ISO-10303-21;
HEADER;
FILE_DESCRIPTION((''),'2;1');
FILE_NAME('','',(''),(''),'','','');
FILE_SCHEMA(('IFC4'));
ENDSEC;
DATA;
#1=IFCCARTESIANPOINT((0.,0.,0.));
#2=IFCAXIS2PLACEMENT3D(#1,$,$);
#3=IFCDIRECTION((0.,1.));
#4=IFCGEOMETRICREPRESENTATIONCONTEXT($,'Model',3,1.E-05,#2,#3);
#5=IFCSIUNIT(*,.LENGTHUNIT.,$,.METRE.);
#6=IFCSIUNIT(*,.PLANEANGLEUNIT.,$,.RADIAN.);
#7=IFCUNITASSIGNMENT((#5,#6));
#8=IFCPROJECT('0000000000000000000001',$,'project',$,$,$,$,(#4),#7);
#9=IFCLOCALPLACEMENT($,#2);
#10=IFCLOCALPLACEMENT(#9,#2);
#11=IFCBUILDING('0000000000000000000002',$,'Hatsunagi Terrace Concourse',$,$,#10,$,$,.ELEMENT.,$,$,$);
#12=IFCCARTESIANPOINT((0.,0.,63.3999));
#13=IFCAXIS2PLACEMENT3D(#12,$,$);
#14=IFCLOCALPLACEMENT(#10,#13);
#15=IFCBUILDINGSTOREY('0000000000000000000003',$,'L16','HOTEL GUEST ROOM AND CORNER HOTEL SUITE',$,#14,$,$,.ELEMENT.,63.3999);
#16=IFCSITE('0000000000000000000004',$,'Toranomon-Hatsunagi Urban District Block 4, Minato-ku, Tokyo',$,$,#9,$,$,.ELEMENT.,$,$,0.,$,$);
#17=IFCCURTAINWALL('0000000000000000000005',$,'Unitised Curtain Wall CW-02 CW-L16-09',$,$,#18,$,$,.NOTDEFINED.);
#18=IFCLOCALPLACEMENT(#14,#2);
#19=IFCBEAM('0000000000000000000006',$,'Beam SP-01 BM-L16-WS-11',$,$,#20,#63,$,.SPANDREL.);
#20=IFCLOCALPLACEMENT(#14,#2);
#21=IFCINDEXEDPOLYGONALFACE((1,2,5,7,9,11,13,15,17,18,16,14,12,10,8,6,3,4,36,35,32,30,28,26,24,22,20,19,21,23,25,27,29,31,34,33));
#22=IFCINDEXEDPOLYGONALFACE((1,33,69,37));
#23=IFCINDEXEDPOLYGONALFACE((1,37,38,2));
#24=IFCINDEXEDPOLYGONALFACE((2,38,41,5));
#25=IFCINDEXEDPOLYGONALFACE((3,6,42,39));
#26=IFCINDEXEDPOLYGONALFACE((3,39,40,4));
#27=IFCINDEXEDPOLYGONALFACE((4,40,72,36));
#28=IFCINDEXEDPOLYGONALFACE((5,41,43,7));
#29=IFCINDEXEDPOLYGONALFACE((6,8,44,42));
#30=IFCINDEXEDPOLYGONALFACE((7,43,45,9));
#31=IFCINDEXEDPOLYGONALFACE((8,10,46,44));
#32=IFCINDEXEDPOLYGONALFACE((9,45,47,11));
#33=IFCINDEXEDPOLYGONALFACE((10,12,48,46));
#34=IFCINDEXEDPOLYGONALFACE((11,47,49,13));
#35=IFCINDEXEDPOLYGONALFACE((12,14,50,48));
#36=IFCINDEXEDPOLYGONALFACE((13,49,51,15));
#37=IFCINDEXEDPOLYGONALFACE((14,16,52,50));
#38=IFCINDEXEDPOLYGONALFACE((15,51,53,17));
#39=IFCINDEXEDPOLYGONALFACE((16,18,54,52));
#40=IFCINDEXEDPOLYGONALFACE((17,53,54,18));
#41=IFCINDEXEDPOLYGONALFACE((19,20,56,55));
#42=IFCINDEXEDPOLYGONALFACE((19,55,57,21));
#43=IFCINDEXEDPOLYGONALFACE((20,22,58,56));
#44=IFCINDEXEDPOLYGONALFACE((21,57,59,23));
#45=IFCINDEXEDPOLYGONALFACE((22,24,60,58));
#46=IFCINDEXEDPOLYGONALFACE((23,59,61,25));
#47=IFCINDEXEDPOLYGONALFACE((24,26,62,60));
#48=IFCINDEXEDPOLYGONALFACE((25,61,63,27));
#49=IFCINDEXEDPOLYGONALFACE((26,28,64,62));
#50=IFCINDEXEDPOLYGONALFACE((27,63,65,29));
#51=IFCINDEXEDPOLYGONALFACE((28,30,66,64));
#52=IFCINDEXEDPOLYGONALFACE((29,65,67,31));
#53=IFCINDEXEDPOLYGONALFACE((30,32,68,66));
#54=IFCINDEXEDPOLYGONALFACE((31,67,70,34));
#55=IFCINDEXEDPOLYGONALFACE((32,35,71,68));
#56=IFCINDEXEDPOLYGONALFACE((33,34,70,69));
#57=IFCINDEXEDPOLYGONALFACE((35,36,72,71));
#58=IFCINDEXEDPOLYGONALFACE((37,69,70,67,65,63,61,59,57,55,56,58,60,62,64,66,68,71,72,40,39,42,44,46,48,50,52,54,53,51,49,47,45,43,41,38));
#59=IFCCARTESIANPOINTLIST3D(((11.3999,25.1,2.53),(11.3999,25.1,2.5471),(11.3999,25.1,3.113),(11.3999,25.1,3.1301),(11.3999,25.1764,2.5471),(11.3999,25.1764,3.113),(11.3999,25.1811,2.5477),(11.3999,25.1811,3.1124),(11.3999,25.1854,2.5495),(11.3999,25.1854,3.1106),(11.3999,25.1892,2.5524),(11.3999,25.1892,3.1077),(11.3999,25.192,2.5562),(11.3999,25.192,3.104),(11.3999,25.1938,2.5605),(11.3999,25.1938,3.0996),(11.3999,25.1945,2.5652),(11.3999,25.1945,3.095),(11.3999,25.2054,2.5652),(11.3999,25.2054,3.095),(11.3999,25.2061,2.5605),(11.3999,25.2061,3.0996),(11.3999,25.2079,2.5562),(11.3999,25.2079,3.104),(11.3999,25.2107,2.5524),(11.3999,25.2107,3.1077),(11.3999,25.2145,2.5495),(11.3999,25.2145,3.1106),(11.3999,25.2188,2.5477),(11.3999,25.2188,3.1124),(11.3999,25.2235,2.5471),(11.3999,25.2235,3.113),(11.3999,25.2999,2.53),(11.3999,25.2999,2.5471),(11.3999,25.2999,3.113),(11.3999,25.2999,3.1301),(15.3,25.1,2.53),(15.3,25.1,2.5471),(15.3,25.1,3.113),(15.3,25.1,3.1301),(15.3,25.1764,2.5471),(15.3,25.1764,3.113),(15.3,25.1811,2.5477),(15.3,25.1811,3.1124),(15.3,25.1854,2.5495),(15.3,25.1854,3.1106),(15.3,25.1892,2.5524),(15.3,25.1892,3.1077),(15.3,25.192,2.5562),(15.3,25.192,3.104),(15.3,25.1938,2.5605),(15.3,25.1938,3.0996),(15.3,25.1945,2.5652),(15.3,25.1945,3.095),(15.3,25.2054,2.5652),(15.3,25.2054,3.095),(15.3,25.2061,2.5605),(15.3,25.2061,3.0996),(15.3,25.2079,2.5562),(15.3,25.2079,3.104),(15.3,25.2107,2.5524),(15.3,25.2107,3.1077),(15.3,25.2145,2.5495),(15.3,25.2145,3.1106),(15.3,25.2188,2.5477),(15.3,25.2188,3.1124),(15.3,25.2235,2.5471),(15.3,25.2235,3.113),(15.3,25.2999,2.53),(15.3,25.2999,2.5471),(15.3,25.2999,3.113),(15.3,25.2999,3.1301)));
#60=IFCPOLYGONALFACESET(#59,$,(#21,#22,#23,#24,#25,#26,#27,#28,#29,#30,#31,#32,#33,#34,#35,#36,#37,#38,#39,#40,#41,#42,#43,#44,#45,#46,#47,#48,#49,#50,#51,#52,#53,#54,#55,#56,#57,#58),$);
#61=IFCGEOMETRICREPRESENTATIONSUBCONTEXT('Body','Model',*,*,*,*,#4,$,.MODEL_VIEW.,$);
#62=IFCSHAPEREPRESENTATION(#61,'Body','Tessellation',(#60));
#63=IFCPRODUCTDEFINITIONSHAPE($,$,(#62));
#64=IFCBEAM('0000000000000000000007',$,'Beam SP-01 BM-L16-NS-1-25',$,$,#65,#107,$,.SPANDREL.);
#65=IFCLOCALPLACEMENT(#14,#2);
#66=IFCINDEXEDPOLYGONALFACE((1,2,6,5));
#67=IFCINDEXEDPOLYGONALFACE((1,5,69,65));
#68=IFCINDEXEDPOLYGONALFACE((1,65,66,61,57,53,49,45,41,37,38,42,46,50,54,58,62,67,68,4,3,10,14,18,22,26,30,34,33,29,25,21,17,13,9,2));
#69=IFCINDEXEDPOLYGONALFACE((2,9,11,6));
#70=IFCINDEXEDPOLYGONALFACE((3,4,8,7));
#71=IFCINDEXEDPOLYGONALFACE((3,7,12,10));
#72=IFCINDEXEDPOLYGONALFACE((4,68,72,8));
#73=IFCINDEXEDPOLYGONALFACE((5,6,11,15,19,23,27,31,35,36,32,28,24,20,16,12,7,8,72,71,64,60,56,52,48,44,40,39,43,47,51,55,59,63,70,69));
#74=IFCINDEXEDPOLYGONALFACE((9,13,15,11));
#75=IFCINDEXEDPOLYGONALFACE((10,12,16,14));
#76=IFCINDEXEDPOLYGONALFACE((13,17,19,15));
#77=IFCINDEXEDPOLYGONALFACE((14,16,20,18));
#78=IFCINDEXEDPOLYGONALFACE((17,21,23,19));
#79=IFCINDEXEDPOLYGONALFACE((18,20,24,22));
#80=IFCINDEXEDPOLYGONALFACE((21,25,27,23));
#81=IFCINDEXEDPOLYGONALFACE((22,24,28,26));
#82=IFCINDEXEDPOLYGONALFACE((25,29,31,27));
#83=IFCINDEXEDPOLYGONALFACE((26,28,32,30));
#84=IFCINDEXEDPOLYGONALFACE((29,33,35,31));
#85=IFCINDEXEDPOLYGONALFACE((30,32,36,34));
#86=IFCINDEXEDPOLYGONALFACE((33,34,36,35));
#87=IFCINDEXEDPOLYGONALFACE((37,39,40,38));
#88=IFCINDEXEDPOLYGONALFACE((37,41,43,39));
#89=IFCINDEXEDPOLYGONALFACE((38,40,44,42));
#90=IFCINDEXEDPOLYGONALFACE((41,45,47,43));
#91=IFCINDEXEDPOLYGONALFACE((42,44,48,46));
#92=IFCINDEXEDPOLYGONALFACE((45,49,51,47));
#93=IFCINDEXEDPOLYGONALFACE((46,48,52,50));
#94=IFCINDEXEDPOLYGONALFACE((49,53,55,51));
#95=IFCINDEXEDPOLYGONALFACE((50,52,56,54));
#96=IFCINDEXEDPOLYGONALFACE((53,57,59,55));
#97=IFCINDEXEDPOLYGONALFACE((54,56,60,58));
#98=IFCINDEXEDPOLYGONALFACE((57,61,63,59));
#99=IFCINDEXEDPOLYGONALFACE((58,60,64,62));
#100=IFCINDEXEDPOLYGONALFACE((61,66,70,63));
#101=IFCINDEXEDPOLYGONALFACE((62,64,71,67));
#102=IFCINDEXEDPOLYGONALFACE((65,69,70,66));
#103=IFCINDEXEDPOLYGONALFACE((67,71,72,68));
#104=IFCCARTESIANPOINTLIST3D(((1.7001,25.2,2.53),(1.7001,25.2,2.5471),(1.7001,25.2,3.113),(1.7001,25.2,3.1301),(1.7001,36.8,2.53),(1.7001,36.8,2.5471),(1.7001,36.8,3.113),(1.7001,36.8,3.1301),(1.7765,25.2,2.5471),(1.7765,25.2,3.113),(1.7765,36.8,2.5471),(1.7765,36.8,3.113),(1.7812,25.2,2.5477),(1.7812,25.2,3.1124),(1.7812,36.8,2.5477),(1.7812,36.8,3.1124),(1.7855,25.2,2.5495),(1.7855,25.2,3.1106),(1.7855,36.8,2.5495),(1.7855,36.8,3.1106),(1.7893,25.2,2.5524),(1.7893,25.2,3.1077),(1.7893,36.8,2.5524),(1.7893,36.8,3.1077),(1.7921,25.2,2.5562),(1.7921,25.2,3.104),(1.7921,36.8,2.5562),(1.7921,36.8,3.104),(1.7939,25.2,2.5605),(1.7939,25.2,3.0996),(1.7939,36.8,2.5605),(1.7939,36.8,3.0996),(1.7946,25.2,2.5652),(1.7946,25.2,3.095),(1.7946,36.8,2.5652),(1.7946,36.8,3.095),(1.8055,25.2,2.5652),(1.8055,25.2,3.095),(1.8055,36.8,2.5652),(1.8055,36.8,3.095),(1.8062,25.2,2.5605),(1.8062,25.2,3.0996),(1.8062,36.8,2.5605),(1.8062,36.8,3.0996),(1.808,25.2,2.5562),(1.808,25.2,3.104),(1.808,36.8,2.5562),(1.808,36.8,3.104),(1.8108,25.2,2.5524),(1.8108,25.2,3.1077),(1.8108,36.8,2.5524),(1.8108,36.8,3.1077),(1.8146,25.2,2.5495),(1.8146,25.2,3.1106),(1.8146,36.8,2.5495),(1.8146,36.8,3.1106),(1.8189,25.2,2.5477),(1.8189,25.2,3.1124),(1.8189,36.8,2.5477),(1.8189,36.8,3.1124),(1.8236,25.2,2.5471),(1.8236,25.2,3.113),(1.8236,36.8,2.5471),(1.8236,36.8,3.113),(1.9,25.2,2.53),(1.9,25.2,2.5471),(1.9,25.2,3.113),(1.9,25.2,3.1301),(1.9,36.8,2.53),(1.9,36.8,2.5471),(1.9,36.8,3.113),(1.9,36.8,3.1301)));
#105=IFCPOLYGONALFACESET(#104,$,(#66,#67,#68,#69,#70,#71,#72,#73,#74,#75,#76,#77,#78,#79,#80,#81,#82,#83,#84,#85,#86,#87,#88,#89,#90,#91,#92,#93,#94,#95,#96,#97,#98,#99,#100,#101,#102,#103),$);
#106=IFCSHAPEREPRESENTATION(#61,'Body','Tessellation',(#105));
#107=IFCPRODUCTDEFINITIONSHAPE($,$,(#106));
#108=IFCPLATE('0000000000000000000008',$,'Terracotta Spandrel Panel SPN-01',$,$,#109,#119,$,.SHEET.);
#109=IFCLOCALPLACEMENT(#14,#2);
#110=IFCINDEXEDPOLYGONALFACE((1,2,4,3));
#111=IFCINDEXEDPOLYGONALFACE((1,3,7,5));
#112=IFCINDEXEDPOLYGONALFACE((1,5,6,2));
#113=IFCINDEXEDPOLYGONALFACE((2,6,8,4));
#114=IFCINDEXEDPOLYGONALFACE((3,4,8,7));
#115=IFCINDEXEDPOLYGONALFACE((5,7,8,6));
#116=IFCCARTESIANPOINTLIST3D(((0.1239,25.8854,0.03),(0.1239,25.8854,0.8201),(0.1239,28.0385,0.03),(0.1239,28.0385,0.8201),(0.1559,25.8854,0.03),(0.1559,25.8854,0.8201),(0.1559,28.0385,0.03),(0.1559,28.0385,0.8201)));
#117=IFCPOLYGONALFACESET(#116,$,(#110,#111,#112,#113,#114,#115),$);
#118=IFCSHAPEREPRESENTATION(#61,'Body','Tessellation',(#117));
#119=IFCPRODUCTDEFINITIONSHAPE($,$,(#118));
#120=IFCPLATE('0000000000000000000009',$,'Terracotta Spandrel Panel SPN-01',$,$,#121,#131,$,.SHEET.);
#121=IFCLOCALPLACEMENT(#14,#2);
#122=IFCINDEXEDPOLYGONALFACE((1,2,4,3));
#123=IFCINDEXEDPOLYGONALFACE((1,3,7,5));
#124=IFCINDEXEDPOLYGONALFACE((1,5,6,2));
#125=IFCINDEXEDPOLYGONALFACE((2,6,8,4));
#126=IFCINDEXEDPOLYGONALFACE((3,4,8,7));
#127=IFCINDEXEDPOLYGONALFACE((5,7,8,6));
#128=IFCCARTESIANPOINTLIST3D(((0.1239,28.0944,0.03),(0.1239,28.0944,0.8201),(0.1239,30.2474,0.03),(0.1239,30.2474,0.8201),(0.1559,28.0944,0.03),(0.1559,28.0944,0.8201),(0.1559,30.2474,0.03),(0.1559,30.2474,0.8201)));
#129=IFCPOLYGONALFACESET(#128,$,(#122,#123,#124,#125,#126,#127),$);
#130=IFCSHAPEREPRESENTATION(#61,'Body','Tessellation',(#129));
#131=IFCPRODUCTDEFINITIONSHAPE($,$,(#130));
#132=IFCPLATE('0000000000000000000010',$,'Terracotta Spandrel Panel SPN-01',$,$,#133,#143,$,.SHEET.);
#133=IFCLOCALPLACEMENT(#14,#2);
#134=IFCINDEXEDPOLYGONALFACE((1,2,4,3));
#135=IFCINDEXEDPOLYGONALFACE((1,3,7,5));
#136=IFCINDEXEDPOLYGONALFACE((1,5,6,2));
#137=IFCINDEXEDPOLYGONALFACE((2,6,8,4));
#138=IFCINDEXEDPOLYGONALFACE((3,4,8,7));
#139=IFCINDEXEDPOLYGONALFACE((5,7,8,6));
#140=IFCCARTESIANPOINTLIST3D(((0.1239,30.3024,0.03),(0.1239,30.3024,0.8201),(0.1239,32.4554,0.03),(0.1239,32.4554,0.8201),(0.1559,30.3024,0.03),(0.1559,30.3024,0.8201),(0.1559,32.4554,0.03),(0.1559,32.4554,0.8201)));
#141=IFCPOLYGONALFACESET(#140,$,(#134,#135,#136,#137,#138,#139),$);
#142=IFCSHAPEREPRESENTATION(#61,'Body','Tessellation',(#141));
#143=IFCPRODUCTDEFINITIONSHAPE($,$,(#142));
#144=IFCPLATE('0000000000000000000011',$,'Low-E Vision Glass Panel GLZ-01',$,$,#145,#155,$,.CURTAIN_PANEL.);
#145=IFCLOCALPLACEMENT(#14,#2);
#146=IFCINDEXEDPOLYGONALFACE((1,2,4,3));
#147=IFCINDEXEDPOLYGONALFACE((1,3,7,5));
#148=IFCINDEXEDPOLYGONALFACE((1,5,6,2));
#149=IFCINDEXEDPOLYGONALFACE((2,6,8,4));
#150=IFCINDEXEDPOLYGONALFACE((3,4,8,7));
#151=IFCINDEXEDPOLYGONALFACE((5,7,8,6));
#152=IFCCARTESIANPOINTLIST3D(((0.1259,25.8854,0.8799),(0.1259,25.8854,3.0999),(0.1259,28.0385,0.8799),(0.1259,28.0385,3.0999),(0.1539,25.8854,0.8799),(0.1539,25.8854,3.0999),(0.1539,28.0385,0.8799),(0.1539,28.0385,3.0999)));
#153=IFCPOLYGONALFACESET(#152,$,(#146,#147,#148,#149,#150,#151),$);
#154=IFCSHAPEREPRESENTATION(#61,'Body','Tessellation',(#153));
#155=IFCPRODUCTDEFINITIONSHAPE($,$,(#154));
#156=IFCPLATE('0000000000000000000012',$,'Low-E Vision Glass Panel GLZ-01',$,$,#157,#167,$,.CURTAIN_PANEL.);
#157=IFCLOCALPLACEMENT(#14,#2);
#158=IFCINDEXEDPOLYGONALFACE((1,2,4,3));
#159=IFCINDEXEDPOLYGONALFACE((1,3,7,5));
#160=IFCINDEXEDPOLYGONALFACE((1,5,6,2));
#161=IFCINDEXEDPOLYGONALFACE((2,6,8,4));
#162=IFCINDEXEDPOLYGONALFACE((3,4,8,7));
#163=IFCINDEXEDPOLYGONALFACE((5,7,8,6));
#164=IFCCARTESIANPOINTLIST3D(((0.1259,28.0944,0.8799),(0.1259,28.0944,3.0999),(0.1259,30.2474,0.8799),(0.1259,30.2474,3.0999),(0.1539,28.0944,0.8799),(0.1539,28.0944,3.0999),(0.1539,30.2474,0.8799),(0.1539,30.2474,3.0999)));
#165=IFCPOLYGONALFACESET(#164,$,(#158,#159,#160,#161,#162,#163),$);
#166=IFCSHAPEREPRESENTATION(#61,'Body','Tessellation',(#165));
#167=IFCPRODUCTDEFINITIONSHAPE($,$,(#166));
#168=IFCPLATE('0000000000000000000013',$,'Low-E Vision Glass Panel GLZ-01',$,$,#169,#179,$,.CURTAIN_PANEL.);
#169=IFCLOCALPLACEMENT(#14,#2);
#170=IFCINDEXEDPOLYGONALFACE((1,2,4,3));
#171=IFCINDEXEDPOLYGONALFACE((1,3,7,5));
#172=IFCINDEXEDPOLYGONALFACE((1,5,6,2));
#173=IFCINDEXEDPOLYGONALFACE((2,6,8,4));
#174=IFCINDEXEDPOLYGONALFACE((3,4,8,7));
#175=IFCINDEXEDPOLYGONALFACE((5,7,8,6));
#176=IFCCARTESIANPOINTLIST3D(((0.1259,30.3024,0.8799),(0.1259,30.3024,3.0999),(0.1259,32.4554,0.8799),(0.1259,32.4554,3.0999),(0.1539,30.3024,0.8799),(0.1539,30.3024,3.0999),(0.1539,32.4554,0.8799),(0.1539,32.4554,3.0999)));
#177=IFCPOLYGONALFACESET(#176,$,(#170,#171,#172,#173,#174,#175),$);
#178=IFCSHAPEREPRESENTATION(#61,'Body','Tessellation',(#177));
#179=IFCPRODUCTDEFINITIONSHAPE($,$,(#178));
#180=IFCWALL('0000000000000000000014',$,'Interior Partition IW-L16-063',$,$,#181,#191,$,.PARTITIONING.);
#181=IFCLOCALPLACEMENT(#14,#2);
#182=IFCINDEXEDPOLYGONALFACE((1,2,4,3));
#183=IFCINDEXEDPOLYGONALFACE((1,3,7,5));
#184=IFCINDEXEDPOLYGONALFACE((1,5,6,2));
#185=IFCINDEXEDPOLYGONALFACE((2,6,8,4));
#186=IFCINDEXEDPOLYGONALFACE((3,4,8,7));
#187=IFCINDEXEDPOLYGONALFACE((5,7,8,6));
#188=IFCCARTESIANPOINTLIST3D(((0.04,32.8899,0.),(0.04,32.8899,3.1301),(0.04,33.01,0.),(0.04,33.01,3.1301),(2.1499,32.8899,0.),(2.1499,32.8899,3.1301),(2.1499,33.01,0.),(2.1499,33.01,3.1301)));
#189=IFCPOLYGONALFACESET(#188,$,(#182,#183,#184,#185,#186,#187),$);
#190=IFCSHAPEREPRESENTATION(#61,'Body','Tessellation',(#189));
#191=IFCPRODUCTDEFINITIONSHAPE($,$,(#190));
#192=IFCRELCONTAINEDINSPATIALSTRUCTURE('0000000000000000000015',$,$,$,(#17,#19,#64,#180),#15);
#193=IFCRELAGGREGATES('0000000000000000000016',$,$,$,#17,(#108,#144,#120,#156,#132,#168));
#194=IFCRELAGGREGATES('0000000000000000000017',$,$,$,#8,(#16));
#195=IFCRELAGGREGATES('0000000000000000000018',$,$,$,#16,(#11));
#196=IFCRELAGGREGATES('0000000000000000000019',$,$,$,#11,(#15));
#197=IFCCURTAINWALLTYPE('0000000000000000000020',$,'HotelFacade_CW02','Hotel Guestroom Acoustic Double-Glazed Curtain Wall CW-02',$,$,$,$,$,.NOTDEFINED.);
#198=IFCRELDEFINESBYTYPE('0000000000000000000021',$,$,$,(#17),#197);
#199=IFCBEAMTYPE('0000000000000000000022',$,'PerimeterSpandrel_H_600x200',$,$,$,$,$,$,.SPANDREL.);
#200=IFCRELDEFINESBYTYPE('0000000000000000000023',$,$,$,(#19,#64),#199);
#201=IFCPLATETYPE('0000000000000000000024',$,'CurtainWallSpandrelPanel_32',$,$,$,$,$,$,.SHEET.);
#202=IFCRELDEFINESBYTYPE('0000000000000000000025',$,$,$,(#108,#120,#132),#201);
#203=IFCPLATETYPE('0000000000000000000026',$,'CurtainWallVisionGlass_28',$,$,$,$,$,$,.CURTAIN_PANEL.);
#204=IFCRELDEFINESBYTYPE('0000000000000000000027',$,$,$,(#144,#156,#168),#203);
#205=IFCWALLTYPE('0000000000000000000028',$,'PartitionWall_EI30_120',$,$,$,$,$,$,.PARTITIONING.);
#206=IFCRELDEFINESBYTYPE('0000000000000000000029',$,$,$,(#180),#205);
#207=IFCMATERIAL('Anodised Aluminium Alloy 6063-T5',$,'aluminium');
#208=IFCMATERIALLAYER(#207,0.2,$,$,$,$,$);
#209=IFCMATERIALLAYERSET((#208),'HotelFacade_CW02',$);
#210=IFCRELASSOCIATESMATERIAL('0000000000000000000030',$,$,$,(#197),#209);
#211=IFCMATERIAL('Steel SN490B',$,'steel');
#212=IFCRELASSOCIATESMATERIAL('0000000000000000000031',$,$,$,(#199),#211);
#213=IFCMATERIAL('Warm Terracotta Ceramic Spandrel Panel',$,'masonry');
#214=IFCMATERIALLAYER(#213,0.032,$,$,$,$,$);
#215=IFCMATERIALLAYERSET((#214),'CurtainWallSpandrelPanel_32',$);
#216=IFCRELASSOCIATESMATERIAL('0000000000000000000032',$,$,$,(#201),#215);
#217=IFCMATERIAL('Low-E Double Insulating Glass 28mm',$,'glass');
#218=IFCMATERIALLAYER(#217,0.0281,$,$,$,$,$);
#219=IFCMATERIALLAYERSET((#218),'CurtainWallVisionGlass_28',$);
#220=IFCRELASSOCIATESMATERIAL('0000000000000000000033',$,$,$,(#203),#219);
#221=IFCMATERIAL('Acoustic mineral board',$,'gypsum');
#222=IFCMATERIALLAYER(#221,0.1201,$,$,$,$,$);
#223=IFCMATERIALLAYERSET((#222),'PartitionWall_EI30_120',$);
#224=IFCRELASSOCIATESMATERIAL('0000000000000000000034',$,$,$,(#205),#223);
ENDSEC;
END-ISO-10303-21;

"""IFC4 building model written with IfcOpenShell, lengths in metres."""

from ifc_helpers import new_model, si_unit, direction, frame, frame_2d, origin, origin_2d, place, context, subcontext, project, spatial, rectangle, i_section, extrude, material, layer, layer_set, material_profile, profile_set, type_object, element, aggregate, save


model = new_model("IFC4")

# Units and contexts
model_context = context("Model", 3, precision=1e-05, world=origin(), true_north=direction((0.0, 1.0)))
body_context = subcontext(model_context, "Body", "Model", "MODEL_VIEW")
ifc_project = project(units=[si_unit("LENGTHUNIT", "METRE"), si_unit("PLANEANGLEUNIT", "RADIAN")], contexts=[model_context])

# Site, building, storey
site_placement = place(None, origin())
site = spatial("IfcSite", under=ifc_project, at=site_placement, Name="Toranomon-Hatsunagi Urban District Block 4, Minato-ku, Tokyo", CompositionType="ELEMENT", RefElevation=0.0)
building_placement = place(site_placement, origin())
building = spatial("IfcBuilding", under=site, at=building_placement, Name="Hatsunagi Terrace Concourse", CompositionType="ELEMENT")
storey_placement = place(building_placement, frame((0.0, 0.0, 63.3999)))
storey = spatial("IfcBuildingStorey", under=building, at=storey_placement, Name="L16", Description="HOTEL GUEST ROOM AND CORNER HOTEL SUITE", CompositionType="ELEMENT", Elevation=63.3999)

# Curtain wall
ifc_material_1 = material(Name="Anodised Aluminium Alloy 6063-T5", Category="aluminium")
ifc_layer_1 = layer(ifc_material_1, 0.2)
ifc_layer_set_1 = layer_set([ifc_layer_1], Name="HotelFacade_CW02")
curtain_wall_type = type_object("IfcCurtainWallType", Name="HotelFacade_CW02", Description="Hotel Guestroom Acoustic Double-Glazed Curtain Wall CW-02", PredefinedType="NOTDEFINED", material=ifc_layer_set_1)
curtain_wall_placement = place(storey_placement, origin())
curtain_wall = element("IfcCurtainWall", 1, at=curtain_wall_placement, inside=storey, type_object=curtain_wall_type, Name="Unitised Curtain Wall CW-02 CW-L16-09", PredefinedType="NOTDEFINED")

# Beams
ifc_material_2 = material(Name="Steel SN490B", Category="steel")
ifc_material_profile_1 = material_profile(ifc_material_2, i_section(OverallWidth=0.2, OverallDepth=0.6001, WebThickness=0.011, FlangeThickness=0.0171, FilletRadius=0.0181, at=origin_2d()), Name="H-600x200x11x17")
ifc_profile_set_1 = profile_set([ifc_material_profile_1], Name="Steel SN490B")
beam_type_1 = type_object("IfcBeamType", Name="PerimeterSpandrel_H_600x200", PredefinedType="SPANDREL", material=ifc_profile_set_1)
beam_1_placement = place(storey_placement, frame((11.3999, 25.2, 2.8301), z_axis=(1.0, 0.0, 0.0), x_axis=(0.0, 1.0, 0.0)))
element("IfcBeam", 2, at=beam_1_placement, inside=storey, type_object=beam_type_1, Name="Beam SP-01 BM-L16-WS-11", PredefinedType="SPANDREL", context=body_context, shape_type="SweptSolid", body=[
    extrude(i_section(OverallWidth=0.2, OverallDepth=0.6001, WebThickness=0.011, FlangeThickness=0.0171, FilletRadius=0.0181, at=origin_2d()), origin(), (0.0, 0.0, 1.0), 3.9001),
])
beam_2_placement = place(storey_placement, frame((1.8, 25.2, 2.8301), z_axis=(0.0, 1.0, 0.0), x_axis=(-1.0, 0.0, 0.0)))
element("IfcBeam", 3, at=beam_2_placement, inside=storey, type_object=beam_type_1, Name="Beam SP-01 BM-L16-NS-1-25", PredefinedType="SPANDREL", context=body_context, shape_type="SweptSolid", body=[
    extrude(i_section(OverallWidth=0.2, OverallDepth=0.6001, WebThickness=0.011, FlangeThickness=0.0171, FilletRadius=0.0181, at=origin_2d()), origin(), (0.0, 0.0, 1.0), 11.6001),
])

# Plates
ifc_material_3 = material(Name="Warm Terracotta Ceramic Spandrel Panel", Category="masonry")
ifc_layer_2 = layer(ifc_material_3, 0.032)
ifc_layer_set_2 = layer_set([ifc_layer_2], Name="CurtainWallSpandrelPanel_32")
plate_type_1 = type_object("IfcPlateType", Name="CurtainWallSpandrelPanel_32", PredefinedType="SHEET", material=ifc_layer_set_2)
plate_1_placement = place(storey_placement, frame((0.1399, 26.9619, 0.03), z_axis=(0.0, 0.0, 1.0), x_axis=(0.0, 1.0, 0.0)))
plate_1 = element("IfcPlate", 4, at=plate_1_placement, type_object=plate_type_1, Name="Terracotta Spandrel Panel SPN-01", PredefinedType="SHEET", context=body_context, shape_type="SweptSolid", body=[
    extrude(rectangle(XDim=2.1531, YDim=0.032, at=origin_2d()), origin(), (0.0, 0.0, 1.0), 0.79),
])
plate_2_placement = place(storey_placement, frame((0.1399, 29.1709, 0.03), z_axis=(0.0, 0.0, 1.0), x_axis=(0.0, 1.0, 0.0)))
plate_2 = element("IfcPlate", 5, at=plate_2_placement, type_object=plate_type_1, Name="Terracotta Spandrel Panel SPN-01", PredefinedType="SHEET", context=body_context, shape_type="SweptSolid", body=[
    extrude(rectangle(XDim=2.1531, YDim=0.032, at=origin_2d()), origin(), (0.0, 0.0, 1.0), 0.79),
])
plate_3_placement = place(storey_placement, frame((0.1399, 31.3789, 0.03), z_axis=(0.0, 0.0, 1.0), x_axis=(0.0, 1.0, 0.0)))
plate_3 = element("IfcPlate", 6, at=plate_3_placement, type_object=plate_type_1, Name="Terracotta Spandrel Panel SPN-01", PredefinedType="SHEET", context=body_context, shape_type="SweptSolid", body=[
    extrude(rectangle(XDim=2.1531, YDim=0.032, at=origin_2d()), origin(), (0.0, 0.0, 1.0), 0.79),
])
ifc_material_4 = material(Name="Low-E Double Insulating Glass 28mm", Category="glass")
ifc_layer_3 = layer(ifc_material_4, 0.0281)
ifc_layer_set_3 = layer_set([ifc_layer_3], Name="CurtainWallVisionGlass_28")
plate_type_2 = type_object("IfcPlateType", Name="CurtainWallVisionGlass_28", PredefinedType="CURTAIN_PANEL", material=ifc_layer_set_3)
plate_4_placement = place(storey_placement, frame((0.1399, 26.9619, 0.8799), z_axis=(0.0, 0.0, 1.0), x_axis=(0.0, 1.0, 0.0)))
plate_4 = element("IfcPlate", 7, at=plate_4_placement, type_object=plate_type_2, Name="Low-E Vision Glass Panel GLZ-01", PredefinedType="CURTAIN_PANEL", context=body_context, shape_type="SweptSolid", body=[
    extrude(rectangle(XDim=2.1531, YDim=0.0281, at=origin_2d()), origin(), (0.0, 0.0, 1.0), 2.22),
])
plate_5_placement = place(storey_placement, frame((0.1399, 29.1709, 0.8799), z_axis=(0.0, 0.0, 1.0), x_axis=(0.0, 1.0, 0.0)))
plate_5 = element("IfcPlate", 8, at=plate_5_placement, type_object=plate_type_2, Name="Low-E Vision Glass Panel GLZ-01", PredefinedType="CURTAIN_PANEL", context=body_context, shape_type="SweptSolid", body=[
    extrude(rectangle(XDim=2.1531, YDim=0.0281, at=origin_2d()), origin(), (0.0, 0.0, 1.0), 2.22),
])
plate_6_placement = place(storey_placement, frame((0.1399, 31.3789, 0.8799), z_axis=(0.0, 0.0, 1.0), x_axis=(0.0, 1.0, 0.0)))
plate_6 = element("IfcPlate", 9, at=plate_6_placement, type_object=plate_type_2, Name="Low-E Vision Glass Panel GLZ-01", PredefinedType="CURTAIN_PANEL", context=body_context, shape_type="SweptSolid", body=[
    extrude(rectangle(XDim=2.1531, YDim=0.0281, at=origin_2d()), origin(), (0.0, 0.0, 1.0), 2.22),
])
aggregate(curtain_wall, [plate_1, plate_4, plate_2, plate_5, plate_3, plate_6])

# Wall
ifc_material_5 = material(Name="Acoustic mineral board", Category="gypsum")
ifc_layer_4 = layer(ifc_material_5, 0.1201)
ifc_layer_set_4 = layer_set([ifc_layer_4], Name="PartitionWall_EI30_120")
wall_type_1 = type_object("IfcWallType", Name="PartitionWall_EI30_120", PredefinedType="PARTITIONING", material=ifc_layer_set_4)
wall_1_placement = place(storey_placement, frame((0.04, 32.95, 0.0), z_axis=(0.0, 0.0, 1.0), x_axis=(1.0, 0.0, 0.0)))
element("IfcWall", 10, at=wall_1_placement, inside=storey, type_object=wall_type_1, Name="Interior Partition IW-L16-063", PredefinedType="PARTITIONING", context=body_context, shape_type="SweptSolid", body=[
    extrude(rectangle(XDim=2.1099, YDim=0.1201, at=frame_2d((1.0549, 0.0))), origin(), (0.0, 0.0, 1.0), 3.1301),
])

save(model, "model.ifc")
